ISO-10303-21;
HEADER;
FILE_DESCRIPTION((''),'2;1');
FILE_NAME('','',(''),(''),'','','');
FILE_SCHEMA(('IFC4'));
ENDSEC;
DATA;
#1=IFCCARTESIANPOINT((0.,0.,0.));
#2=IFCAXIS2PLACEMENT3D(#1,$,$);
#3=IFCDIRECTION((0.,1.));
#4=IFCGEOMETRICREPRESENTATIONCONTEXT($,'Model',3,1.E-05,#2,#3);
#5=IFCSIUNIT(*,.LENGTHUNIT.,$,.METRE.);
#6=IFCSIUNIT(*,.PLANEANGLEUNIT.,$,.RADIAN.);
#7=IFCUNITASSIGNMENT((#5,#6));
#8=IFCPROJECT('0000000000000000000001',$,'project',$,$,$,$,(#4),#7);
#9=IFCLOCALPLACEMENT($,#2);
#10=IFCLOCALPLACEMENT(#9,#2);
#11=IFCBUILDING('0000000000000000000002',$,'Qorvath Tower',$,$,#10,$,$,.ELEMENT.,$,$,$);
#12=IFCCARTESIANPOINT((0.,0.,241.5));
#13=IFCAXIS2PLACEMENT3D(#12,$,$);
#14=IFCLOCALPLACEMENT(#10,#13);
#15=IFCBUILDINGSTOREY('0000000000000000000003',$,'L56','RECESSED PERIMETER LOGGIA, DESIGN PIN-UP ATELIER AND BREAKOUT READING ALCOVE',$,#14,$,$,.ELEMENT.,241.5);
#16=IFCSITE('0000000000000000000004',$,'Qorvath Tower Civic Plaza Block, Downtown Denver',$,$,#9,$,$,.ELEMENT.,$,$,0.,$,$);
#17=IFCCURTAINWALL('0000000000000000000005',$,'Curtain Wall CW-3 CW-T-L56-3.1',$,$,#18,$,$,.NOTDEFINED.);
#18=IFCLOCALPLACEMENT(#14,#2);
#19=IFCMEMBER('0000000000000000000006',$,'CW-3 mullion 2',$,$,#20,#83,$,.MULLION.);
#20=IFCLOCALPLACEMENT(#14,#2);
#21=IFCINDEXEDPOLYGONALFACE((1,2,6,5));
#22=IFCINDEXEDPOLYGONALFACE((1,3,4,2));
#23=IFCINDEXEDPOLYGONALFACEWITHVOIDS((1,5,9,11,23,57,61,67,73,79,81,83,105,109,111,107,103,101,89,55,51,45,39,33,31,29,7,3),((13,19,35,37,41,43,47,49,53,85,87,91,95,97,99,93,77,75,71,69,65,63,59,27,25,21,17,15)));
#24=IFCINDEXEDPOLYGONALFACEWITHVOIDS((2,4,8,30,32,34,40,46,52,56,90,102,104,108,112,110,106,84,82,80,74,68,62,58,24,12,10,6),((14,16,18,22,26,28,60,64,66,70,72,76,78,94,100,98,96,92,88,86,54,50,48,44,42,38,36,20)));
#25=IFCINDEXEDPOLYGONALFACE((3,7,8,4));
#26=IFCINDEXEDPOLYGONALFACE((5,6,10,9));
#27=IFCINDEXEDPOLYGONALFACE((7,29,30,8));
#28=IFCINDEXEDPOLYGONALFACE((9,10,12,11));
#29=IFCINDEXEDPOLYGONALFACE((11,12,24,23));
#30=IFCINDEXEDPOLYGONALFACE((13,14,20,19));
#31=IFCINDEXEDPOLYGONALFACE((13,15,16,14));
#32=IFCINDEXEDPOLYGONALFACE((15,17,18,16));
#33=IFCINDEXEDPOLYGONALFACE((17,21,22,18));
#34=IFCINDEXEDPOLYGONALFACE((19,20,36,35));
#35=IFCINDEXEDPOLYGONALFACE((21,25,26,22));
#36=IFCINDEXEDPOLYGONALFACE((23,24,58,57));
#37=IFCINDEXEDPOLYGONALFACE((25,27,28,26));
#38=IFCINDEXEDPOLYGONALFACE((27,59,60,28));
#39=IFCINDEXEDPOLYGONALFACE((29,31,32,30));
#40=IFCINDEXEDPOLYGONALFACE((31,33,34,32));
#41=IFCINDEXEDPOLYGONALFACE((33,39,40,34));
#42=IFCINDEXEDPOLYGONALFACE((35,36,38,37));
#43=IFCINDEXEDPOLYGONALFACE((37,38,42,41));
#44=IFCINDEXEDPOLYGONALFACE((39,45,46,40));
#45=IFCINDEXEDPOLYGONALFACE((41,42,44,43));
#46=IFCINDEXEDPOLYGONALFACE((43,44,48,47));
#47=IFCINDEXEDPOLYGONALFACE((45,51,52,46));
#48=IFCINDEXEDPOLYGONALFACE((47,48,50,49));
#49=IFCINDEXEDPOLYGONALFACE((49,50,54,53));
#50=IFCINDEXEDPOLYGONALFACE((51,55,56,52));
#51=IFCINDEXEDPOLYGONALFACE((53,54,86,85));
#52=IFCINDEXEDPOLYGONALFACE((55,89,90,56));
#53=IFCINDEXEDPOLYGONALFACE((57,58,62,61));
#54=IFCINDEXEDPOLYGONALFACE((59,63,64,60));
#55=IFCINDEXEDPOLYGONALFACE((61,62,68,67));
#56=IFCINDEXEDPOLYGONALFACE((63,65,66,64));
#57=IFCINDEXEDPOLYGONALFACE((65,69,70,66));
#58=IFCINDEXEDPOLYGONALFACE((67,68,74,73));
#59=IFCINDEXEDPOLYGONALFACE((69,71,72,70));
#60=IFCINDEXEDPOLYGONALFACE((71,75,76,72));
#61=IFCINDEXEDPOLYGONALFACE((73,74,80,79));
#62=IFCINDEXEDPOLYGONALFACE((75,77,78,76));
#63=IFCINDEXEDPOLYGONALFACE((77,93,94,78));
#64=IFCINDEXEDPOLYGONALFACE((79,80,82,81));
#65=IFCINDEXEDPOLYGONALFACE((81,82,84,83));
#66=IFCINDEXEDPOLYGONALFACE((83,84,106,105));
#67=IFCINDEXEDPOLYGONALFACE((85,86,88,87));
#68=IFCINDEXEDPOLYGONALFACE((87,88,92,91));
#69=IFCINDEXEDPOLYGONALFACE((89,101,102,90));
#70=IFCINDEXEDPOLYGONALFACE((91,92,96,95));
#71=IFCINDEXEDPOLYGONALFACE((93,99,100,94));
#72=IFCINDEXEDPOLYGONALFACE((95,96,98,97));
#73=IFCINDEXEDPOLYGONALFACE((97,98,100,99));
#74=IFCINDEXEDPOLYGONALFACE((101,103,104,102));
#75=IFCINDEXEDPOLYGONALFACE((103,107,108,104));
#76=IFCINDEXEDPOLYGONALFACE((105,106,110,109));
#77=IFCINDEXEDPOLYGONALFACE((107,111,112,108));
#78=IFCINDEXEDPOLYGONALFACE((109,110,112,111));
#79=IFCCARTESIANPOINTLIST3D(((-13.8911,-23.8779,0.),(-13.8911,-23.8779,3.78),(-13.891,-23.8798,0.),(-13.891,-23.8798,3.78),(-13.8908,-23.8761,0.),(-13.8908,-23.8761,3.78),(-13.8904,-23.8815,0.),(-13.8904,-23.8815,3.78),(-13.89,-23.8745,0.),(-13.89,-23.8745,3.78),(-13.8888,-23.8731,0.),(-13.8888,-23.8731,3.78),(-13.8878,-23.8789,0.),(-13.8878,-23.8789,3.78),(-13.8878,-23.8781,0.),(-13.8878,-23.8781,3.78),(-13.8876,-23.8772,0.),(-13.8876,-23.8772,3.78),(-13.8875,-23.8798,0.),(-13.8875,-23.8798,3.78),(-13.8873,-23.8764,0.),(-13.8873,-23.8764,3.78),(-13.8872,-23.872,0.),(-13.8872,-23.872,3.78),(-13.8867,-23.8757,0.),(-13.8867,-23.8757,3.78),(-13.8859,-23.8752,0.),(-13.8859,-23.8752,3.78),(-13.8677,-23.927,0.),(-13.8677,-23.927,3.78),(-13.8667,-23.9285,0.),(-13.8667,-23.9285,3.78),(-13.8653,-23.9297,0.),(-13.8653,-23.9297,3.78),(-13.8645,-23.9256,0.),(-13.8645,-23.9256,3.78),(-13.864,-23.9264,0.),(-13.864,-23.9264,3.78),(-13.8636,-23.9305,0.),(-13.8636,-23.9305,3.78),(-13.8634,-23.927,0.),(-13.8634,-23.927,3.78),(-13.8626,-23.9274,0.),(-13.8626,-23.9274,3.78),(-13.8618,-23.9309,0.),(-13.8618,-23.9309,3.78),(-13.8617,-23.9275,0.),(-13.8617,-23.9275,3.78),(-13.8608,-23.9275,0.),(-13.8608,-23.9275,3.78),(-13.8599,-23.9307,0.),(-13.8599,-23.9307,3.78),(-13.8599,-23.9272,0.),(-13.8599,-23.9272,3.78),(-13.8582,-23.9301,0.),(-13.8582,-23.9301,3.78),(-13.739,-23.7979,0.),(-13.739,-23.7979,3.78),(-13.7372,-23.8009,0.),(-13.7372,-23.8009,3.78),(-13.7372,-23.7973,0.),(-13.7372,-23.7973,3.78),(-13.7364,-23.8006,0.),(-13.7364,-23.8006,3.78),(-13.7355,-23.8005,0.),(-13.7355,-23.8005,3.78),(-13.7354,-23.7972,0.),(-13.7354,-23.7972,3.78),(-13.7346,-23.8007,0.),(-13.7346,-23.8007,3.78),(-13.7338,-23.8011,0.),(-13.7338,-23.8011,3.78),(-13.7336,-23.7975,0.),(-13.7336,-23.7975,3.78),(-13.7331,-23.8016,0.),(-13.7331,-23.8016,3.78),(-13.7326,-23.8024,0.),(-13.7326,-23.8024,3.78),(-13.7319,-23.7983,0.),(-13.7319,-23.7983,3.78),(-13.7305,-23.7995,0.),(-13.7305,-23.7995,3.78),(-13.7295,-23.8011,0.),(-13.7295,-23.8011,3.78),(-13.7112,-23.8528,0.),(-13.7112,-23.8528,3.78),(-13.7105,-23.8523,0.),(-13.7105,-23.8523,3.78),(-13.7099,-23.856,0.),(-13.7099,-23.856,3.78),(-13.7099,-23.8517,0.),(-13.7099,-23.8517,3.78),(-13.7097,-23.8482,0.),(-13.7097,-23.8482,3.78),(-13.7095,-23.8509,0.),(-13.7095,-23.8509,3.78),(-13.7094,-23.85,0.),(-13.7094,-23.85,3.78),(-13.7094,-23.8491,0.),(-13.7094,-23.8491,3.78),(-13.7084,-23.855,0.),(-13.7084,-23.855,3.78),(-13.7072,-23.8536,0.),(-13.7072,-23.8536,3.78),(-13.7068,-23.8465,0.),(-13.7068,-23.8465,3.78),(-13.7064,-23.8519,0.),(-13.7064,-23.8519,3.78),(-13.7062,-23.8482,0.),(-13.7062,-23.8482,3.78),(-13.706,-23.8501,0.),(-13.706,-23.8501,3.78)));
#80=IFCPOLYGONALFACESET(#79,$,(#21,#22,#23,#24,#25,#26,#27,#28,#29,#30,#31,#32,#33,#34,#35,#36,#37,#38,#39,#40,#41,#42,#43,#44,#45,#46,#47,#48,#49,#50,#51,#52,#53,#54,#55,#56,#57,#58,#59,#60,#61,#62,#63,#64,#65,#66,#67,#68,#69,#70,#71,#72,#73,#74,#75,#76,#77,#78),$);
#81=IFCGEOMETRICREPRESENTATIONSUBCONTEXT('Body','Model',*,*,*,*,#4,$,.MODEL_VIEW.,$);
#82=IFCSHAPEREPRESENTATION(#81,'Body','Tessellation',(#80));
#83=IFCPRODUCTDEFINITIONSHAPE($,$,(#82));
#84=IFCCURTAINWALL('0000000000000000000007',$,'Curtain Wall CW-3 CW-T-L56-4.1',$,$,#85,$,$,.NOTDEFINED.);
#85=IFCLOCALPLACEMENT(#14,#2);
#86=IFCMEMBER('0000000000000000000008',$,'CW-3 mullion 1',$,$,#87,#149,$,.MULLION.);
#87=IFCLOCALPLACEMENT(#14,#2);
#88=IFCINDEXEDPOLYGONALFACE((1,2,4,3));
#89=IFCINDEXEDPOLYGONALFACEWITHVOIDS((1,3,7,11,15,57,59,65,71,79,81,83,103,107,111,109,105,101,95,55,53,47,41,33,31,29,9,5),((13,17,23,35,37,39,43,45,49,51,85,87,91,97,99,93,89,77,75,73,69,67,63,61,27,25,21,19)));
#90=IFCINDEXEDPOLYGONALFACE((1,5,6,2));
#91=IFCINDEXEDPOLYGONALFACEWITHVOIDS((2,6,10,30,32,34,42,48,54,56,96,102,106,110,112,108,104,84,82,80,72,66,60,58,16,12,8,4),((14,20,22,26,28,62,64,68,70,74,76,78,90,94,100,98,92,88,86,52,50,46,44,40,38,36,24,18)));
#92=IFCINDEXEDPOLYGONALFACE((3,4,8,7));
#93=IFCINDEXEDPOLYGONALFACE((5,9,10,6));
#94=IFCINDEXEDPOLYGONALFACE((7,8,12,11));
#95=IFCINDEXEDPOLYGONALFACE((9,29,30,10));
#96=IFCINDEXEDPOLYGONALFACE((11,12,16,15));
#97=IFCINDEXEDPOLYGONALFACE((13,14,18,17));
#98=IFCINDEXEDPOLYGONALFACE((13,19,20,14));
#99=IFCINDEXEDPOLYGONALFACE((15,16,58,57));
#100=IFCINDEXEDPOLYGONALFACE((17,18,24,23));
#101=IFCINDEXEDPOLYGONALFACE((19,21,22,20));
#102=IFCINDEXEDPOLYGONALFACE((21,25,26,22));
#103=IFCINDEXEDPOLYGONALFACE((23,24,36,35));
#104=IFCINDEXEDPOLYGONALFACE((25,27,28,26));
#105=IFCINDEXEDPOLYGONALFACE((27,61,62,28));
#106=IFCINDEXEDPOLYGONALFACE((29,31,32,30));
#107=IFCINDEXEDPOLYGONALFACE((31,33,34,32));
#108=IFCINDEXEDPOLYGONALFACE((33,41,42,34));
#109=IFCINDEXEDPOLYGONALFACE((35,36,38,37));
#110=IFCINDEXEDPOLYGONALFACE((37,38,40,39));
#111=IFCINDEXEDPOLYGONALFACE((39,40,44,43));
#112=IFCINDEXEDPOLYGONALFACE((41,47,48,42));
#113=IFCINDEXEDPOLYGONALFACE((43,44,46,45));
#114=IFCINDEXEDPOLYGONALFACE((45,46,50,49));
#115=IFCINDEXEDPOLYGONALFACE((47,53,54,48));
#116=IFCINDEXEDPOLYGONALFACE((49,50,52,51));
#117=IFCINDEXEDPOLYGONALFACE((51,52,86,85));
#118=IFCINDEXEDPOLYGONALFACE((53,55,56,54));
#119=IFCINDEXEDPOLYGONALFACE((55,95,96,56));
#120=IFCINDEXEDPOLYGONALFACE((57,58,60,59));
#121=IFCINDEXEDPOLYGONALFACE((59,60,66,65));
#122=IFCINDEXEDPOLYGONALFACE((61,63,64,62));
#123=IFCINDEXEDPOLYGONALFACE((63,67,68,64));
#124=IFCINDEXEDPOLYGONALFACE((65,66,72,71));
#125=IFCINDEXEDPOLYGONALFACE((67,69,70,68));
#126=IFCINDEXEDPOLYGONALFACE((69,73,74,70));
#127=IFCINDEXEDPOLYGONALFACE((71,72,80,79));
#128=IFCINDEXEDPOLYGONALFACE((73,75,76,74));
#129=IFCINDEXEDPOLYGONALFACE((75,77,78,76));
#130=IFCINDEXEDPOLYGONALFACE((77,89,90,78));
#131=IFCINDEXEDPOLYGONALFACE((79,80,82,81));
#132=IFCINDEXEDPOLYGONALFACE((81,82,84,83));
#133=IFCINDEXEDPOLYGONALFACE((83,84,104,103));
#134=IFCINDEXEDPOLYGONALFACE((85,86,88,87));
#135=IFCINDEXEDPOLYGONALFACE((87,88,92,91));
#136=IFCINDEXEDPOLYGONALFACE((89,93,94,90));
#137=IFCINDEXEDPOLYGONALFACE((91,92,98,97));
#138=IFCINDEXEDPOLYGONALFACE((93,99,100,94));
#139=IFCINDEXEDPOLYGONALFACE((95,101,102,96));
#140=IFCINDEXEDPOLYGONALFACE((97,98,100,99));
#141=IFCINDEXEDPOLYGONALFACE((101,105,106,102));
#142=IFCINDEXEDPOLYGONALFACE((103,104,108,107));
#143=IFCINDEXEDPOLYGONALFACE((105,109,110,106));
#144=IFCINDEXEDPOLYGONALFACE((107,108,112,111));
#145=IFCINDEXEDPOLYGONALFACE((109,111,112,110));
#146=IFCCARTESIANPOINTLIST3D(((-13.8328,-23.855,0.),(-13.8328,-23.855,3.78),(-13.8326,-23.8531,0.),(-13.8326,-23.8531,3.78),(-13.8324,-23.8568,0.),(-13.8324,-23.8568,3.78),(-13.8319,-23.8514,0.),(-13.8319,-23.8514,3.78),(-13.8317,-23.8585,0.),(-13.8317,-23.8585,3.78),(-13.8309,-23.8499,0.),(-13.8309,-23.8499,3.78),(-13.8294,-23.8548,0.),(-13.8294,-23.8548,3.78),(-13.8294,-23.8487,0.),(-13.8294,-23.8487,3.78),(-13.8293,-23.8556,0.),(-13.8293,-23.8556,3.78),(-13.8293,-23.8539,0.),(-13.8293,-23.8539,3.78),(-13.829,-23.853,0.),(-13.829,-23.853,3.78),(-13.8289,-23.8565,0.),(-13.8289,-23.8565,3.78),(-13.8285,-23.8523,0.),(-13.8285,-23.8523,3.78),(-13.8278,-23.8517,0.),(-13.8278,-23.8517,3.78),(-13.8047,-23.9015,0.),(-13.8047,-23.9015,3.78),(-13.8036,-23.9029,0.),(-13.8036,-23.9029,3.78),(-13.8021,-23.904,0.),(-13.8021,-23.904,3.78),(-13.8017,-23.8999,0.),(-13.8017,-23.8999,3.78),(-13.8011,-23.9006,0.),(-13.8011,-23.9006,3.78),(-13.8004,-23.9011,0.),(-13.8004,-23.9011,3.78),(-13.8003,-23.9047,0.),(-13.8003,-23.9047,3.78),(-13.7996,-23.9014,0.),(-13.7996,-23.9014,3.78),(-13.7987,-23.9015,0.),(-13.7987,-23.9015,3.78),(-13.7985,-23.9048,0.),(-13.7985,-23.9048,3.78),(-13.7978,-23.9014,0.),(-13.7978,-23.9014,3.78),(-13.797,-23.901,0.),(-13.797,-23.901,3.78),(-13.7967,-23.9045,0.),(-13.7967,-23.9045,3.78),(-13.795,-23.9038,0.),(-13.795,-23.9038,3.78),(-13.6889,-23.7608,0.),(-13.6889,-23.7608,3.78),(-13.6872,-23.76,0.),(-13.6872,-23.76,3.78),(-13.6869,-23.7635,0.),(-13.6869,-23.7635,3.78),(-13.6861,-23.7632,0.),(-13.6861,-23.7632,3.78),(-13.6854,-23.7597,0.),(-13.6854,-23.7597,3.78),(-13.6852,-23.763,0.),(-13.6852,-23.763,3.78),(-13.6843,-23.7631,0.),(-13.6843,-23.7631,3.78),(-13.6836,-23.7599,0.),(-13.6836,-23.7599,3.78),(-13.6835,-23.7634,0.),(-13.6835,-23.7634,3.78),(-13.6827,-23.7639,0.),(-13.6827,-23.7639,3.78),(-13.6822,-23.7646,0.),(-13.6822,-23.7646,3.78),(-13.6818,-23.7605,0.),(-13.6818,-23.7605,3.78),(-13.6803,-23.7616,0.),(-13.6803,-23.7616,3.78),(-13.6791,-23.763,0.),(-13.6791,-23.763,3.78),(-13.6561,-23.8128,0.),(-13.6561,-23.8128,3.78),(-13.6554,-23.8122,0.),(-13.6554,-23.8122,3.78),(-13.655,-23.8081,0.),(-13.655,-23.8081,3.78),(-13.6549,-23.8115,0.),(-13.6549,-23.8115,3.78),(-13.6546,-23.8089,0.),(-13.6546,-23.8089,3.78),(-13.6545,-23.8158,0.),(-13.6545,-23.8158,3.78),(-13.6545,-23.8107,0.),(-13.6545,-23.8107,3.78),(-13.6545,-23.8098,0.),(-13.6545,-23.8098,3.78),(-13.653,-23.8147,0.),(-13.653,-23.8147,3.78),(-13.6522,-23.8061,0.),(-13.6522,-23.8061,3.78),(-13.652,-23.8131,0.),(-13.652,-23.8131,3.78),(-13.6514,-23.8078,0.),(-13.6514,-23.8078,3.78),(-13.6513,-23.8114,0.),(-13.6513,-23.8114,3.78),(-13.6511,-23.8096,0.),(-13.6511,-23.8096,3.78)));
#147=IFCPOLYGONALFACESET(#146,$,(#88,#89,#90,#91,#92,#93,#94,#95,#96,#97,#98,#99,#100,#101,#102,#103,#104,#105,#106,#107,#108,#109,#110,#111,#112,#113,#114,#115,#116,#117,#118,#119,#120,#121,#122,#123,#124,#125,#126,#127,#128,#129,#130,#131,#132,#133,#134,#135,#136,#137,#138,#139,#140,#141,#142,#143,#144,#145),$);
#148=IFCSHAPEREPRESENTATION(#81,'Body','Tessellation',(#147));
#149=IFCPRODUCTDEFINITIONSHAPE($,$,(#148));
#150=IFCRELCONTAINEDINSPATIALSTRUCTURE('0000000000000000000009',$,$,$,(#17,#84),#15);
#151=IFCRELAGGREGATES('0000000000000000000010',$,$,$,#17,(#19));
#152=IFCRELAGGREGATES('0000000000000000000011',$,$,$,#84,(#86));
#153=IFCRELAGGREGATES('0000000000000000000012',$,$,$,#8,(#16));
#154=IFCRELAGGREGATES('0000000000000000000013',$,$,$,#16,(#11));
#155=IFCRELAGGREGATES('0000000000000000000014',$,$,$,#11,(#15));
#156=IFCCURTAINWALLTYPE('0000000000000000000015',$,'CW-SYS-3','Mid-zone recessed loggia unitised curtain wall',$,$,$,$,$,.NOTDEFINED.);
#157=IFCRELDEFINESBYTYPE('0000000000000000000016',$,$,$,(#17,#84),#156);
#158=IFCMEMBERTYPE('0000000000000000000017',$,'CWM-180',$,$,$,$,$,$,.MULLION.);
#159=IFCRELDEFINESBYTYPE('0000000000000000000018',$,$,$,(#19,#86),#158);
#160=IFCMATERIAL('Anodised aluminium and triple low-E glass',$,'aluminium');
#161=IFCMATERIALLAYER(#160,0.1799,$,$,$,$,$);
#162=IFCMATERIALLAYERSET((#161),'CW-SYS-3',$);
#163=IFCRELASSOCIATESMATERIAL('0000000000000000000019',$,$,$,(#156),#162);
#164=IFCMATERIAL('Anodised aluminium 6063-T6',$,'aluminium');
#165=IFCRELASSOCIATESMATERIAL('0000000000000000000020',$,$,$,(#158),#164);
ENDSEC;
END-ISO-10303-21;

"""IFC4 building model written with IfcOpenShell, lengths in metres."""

from ifc_helpers import new_model, si_unit, direction, frame, origin, origin_2d, place, context, subcontext, project, spatial, hollow_rectangle, extrude, material, layer, layer_set, material_profile, profile_set, type_object, element, aggregate, save


model = new_model("IFC4")

# Units and contexts
model_context = context("Model", 3, precision=1e-05, world=origin(), true_north=direction((0.0, 1.0)))
body_context = subcontext(model_context, "Body", "Model", "MODEL_VIEW")
ifc_project = project(units=[si_unit("LENGTHUNIT", "METRE"), si_unit("PLANEANGLEUNIT", "RADIAN")], contexts=[model_context])

# Site, building, storey
site_placement = place(None, origin())
site = spatial("IfcSite", under=ifc_project, at=site_placement, Name="Qorvath Tower Civic Plaza Block, Downtown Denver", CompositionType="ELEMENT", RefElevation=0.0)
building_placement = place(site_placement, origin())
building = spatial("IfcBuilding", under=site, at=building_placement, Name="Qorvath Tower", CompositionType="ELEMENT")
storey_placement = place(building_placement, frame((0.0, 0.0, 241.5)))
storey = spatial("IfcBuildingStorey", under=building, at=storey_placement, Name="L56", Description="RECESSED PERIMETER LOGGIA, DESIGN PIN-UP ATELIER AND BREAKOUT READING ALCOVE", CompositionType="ELEMENT", Elevation=241.5)

# Shared definitions
ifc_material_1 = material(Name="Anodised aluminium and triple low-E glass", Category="aluminium")
ifc_layer_1 = layer(ifc_material_1, 0.1799)
ifc_layer_set_1 = layer_set([ifc_layer_1], Name="CW-SYS-3")
curtain_wall_type = type_object("IfcCurtainWallType", Name="CW-SYS-3", Description="Mid-zone recessed loggia unitised curtain wall", PredefinedType="NOTDEFINED", material=ifc_layer_set_1)
ifc_material_2 = material(Name="Anodised aluminium 6063-T6", Category="aluminium")
ifc_material_profile_1 = material_profile(ifc_material_2, hollow_rectangle(XDim=0.0649, YDim=0.1799, WallThickness=0.0034, InnerFilletRadius=0.0034, OuterFilletRadius=0.0071, at=origin_2d()), Name="CWM 180x65")
ifc_profile_set_1 = profile_set([ifc_material_profile_1], Name="Anodised aluminium 6063-T6")
member_type_1 = type_object("IfcMemberType", Name="CWM-180", PredefinedType="MULLION", material=ifc_profile_set_1)

# Curtain walls, members
curtain_wall_1_placement = place(storey_placement, origin())
curtain_wall_1 = element("IfcCurtainWall", 1, at=curtain_wall_1_placement, inside=storey, type_object=curtain_wall_type, Name="Curtain Wall CW-3 CW-T-L56-3.1", PredefinedType="NOTDEFINED")
member_1_placement = place(storey_placement, frame((-13.7986, -23.864, 0.0), z_axis=(0.0, 0.0, 1.0), x_axis=(-0.447175, 0.894447, 0.0)))
member_1 = element("IfcMember", 2, at=member_1_placement, type_object=member_type_1, Name="CW-3 mullion 2", PredefinedType="MULLION", context=body_context, shape_type="SweptSolid", body=[
    extrude(hollow_rectangle(XDim=0.0649, YDim=0.1799, WallThickness=0.0034, InnerFilletRadius=0.0034, OuterFilletRadius=0.0071, at=origin_2d()), origin(), (0.0, 0.0, 1.0), 3.78),
])
curtain_wall_2_placement = place(storey_placement, origin())
curtain_wall_2 = element("IfcCurtainWall", 3, at=curtain_wall_2_placement, inside=storey, type_object=curtain_wall_type, Name="Curtain Wall CW-3 CW-T-L56-4.1", PredefinedType="NOTDEFINED")
member_2_placement = place(storey_placement, frame((-13.7419, -23.8323, 0.0), z_axis=(0.0, 0.0, 1.0), x_axis=(-0.530487, 0.847693, 0.0)))
member_2 = element("IfcMember", 4, at=member_2_placement, type_object=member_type_1, Name="CW-3 mullion 1", PredefinedType="MULLION", context=body_context, shape_type="SweptSolid", body=[
    extrude(hollow_rectangle(XDim=0.0649, YDim=0.1799, WallThickness=0.0034, InnerFilletRadius=0.0034, OuterFilletRadius=0.0071, at=origin_2d()), origin(), (0.0, 0.0, 1.0), 3.78),
])

aggregate(curtain_wall_1, [member_1])
aggregate(curtain_wall_2, [member_2])

save(model, "model.ifc")
